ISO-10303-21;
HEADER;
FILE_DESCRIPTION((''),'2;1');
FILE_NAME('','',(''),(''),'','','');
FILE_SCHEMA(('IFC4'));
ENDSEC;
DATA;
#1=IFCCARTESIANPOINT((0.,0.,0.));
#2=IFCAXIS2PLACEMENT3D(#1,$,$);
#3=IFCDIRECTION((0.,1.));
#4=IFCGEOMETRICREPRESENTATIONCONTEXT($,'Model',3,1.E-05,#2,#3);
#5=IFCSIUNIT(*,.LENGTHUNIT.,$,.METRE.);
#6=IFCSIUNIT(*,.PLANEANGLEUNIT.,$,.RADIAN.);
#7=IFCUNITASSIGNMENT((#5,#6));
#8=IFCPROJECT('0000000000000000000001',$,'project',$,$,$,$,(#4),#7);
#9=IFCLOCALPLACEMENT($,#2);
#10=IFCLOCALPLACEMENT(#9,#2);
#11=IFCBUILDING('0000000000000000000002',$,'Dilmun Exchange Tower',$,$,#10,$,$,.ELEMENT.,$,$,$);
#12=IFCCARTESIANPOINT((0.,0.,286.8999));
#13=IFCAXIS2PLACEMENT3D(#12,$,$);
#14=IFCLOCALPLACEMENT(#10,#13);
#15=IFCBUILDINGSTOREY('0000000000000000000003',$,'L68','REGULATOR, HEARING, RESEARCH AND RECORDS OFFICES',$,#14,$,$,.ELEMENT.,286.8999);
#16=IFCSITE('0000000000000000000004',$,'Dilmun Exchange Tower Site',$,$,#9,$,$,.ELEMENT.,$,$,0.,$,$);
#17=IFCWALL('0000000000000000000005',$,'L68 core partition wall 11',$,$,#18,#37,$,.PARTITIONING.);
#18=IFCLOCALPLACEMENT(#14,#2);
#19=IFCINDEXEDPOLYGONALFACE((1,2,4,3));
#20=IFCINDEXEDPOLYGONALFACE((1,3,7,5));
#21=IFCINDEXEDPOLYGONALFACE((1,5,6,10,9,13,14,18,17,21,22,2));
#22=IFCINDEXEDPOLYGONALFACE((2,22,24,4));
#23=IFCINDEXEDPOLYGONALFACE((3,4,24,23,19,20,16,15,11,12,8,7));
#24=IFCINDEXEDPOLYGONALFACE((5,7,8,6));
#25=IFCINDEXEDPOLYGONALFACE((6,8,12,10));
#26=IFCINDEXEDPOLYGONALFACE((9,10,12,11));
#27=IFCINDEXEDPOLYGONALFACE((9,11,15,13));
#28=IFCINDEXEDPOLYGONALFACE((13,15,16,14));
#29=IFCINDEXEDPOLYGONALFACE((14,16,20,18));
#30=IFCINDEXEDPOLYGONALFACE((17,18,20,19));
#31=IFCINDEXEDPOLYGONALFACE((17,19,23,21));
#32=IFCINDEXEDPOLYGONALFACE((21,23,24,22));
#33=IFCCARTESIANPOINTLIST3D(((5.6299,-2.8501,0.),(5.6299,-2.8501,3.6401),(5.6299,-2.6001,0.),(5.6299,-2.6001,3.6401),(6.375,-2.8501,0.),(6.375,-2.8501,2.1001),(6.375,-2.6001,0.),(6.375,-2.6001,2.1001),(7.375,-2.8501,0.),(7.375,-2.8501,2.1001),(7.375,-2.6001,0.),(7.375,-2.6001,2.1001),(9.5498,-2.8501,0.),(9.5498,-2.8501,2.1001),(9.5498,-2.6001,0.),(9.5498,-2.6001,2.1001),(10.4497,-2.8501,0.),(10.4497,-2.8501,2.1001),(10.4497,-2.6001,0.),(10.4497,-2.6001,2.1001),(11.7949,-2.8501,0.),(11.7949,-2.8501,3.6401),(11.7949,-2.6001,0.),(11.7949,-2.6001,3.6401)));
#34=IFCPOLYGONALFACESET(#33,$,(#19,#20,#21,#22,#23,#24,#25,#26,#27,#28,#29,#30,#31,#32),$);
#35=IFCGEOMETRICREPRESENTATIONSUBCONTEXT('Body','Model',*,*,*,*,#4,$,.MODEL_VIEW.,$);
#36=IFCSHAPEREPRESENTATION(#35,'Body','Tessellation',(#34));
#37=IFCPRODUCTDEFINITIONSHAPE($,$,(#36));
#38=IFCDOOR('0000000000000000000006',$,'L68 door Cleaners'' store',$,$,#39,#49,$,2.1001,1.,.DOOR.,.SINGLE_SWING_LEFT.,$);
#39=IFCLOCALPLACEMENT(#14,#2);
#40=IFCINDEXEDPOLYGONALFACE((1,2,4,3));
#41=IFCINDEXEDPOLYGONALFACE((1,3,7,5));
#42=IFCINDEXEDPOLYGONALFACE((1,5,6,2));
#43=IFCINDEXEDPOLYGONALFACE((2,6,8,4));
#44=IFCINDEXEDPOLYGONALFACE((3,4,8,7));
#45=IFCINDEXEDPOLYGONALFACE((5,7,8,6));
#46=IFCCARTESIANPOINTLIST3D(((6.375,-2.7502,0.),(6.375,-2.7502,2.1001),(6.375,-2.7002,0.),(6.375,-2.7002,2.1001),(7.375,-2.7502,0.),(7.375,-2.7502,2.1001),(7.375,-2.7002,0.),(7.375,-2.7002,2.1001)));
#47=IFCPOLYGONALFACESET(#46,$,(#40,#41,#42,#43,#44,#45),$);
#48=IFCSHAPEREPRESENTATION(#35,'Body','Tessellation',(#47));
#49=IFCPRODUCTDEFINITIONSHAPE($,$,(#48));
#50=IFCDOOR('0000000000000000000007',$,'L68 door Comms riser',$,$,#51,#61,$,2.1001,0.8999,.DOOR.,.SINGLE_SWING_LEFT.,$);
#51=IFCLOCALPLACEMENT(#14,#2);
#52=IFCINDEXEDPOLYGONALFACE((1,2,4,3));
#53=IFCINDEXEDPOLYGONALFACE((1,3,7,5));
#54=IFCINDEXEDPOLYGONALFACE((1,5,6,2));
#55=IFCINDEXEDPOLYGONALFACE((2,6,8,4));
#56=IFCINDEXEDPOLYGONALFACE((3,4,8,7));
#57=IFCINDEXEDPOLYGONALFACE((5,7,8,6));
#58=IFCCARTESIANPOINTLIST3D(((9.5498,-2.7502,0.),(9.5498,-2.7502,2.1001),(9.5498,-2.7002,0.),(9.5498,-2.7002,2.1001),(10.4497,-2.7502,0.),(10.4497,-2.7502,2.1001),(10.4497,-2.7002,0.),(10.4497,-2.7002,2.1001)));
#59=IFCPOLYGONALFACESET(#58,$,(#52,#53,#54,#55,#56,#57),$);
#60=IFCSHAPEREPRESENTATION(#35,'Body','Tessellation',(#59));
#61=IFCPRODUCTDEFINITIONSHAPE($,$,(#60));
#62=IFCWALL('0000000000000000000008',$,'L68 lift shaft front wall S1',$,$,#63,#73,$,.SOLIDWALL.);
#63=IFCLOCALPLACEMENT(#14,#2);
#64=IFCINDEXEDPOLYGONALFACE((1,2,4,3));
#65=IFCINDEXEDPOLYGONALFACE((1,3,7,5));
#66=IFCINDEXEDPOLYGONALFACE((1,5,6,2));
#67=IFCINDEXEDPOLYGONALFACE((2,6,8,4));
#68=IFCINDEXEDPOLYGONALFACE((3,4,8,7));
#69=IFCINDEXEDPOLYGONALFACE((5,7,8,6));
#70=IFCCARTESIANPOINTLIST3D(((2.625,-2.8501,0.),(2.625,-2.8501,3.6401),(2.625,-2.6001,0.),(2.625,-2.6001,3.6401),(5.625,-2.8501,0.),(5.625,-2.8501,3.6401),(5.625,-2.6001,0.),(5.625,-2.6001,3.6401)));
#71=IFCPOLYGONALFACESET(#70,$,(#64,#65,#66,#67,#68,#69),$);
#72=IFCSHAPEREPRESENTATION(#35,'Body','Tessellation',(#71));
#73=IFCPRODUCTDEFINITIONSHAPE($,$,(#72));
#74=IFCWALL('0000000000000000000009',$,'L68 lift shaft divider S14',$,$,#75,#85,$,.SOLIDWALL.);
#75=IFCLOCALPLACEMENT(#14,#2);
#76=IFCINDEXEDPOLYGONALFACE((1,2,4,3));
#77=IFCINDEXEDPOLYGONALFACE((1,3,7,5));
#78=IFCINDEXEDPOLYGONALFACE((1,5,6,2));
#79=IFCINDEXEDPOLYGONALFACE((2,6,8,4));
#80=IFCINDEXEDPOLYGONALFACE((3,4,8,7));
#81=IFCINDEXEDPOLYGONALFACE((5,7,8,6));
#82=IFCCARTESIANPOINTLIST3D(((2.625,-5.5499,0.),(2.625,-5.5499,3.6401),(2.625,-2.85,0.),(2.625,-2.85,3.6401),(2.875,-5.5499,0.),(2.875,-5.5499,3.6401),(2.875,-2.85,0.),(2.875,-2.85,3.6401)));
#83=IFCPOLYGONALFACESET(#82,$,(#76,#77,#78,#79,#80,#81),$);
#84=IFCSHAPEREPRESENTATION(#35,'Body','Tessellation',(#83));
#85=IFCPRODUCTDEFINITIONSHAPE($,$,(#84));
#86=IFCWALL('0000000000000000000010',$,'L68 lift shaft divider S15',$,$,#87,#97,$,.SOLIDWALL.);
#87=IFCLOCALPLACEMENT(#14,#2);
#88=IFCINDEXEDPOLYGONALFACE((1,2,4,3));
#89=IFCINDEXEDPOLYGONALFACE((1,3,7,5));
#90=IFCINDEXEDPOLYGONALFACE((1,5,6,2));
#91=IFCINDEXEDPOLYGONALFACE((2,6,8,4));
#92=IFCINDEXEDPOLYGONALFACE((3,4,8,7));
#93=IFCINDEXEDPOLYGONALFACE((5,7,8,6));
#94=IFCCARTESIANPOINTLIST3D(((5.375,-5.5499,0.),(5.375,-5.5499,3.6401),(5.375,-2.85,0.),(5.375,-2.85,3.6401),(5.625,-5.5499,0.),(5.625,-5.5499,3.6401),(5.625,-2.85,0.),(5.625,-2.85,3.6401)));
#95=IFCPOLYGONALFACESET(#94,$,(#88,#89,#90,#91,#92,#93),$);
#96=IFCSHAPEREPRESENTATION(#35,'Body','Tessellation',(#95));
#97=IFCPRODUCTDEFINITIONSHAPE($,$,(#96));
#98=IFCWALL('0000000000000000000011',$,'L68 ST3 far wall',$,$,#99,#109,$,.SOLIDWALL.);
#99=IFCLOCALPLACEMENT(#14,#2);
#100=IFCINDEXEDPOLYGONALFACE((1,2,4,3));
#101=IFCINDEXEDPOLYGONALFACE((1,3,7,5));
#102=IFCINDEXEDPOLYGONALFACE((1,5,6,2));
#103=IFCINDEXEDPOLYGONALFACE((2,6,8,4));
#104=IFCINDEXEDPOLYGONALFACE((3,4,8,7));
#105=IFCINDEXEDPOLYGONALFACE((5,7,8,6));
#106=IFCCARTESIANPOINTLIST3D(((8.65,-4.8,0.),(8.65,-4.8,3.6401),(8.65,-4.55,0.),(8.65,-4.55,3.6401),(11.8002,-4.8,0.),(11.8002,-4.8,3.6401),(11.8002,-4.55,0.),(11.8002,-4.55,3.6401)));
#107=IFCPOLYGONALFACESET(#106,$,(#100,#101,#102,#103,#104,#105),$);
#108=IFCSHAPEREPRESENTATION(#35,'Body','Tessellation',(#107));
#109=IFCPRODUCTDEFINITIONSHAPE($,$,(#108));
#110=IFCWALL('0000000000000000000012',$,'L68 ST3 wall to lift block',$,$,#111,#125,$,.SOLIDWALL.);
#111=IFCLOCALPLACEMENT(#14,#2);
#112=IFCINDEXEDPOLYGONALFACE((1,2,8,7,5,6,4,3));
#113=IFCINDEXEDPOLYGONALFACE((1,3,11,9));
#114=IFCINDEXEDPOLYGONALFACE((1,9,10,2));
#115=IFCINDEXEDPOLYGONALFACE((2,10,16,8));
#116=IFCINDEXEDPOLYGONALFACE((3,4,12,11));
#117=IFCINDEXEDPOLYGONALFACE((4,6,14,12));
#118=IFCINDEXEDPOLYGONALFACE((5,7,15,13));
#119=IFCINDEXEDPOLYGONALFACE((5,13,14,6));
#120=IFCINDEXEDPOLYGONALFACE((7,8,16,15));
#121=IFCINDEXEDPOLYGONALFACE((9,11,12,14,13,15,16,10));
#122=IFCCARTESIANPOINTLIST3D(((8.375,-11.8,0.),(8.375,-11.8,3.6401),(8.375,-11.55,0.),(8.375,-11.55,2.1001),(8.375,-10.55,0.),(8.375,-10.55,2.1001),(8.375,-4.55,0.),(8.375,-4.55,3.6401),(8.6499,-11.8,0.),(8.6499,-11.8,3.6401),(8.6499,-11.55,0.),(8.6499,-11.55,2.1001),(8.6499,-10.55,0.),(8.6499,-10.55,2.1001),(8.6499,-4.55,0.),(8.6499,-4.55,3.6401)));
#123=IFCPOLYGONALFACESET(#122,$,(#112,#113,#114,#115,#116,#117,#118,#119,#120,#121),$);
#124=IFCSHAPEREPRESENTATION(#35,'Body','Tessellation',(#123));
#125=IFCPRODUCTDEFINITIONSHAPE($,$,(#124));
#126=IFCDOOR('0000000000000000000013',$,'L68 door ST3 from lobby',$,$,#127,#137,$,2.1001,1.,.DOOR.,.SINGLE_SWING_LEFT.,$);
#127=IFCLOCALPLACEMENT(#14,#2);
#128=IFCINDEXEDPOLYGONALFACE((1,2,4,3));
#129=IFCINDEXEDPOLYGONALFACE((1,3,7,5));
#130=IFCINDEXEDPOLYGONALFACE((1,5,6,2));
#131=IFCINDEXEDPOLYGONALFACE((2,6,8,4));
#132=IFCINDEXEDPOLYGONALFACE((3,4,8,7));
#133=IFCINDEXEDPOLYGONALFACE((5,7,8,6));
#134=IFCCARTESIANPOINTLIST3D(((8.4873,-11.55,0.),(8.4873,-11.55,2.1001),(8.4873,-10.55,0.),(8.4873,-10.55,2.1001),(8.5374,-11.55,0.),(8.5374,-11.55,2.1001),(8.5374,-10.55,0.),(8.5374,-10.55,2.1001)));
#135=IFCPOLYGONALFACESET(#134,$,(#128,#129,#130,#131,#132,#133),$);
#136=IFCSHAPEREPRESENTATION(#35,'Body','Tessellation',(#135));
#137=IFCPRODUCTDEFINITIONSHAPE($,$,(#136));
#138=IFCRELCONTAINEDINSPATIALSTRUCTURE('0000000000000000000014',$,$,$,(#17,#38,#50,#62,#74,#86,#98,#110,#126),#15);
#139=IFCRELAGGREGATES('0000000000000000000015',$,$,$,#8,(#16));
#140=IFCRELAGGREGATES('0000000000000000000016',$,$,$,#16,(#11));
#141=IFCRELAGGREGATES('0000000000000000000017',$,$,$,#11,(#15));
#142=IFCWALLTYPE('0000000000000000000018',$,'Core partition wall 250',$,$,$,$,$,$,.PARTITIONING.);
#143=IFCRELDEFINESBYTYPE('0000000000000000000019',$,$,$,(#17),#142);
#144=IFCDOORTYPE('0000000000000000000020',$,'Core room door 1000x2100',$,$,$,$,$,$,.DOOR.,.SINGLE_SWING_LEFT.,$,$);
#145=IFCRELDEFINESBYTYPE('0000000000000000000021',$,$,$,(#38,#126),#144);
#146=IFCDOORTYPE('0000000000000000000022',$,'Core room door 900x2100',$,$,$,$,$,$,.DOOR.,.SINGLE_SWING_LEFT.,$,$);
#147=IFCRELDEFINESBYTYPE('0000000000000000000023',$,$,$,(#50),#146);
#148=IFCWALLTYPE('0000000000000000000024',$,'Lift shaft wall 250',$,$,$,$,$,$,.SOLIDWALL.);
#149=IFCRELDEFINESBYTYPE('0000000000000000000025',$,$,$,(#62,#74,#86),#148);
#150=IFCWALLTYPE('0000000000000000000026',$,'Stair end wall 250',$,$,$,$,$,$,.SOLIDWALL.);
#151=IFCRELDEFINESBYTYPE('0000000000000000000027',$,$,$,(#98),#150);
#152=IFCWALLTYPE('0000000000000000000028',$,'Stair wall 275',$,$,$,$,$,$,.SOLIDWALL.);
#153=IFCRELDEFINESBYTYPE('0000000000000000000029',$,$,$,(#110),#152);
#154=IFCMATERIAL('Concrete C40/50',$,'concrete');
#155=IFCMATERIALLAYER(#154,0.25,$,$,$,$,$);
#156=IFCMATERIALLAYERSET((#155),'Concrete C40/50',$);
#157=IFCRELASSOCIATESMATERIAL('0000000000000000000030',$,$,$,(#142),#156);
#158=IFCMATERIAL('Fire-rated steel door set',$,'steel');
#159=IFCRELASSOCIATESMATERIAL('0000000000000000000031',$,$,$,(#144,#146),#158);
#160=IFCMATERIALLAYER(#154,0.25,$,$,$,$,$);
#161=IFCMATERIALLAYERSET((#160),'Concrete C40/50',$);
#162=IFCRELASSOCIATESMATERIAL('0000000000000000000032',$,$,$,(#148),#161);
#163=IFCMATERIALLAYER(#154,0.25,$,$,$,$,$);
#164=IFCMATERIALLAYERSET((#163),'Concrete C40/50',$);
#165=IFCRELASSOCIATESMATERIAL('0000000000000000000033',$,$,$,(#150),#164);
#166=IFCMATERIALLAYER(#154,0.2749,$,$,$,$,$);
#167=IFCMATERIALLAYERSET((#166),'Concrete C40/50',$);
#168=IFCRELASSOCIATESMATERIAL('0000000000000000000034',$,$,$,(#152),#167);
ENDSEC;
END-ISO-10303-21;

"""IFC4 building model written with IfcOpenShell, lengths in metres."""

from ifc_helpers import new_model, si_unit, direction, frame, frame_2d, origin, place, context, subcontext, project, spatial, rectangle, extrude, material, layer, layer_set, type_object, element, fill, save


model = new_model("IFC4")

# Units and contexts
model_context = context("Model", 3, precision=1e-05, world=origin(), true_north=direction((0.0, 1.0)))
body_context = subcontext(model_context, "Body", "Model", "MODEL_VIEW")
ifc_project = project(units=[si_unit("LENGTHUNIT", "METRE"), si_unit("PLANEANGLEUNIT", "RADIAN")], contexts=[model_context])

# Site, building, storey
site_placement = place(None, origin())
site = spatial("IfcSite", under=ifc_project, at=site_placement, Name="Dilmun Exchange Tower Site", CompositionType="ELEMENT", RefElevation=0.0)
building_placement = place(site_placement, origin())
building = spatial("IfcBuilding", under=site, at=building_placement, Name="Dilmun Exchange Tower", CompositionType="ELEMENT")
storey_placement = place(building_placement, frame((0.0, 0.0, 286.8999)))
storey = spatial("IfcBuildingStorey", under=building, at=storey_placement, Name="L68", Description="REGULATOR, HEARING, RESEARCH AND RECORDS OFFICES", CompositionType="ELEMENT", Elevation=286.8999)

# Shared definitions
ifc_material_1 = material(Name="Concrete C40/50", Category="concrete")

# Shared definitions
ifc_material_2 = material(Name="Fire-rated steel door set", Category="steel")

# Shared definitions
ifc_layer_1 = layer(ifc_material_1, 0.25)
ifc_layer_set_1 = layer_set([ifc_layer_1], Name="Concrete C40/50")
wall_type_1 = type_object("IfcWallType", Name="Core partition wall 250", PredefinedType="PARTITIONING", material=ifc_layer_set_1)

# Wall, openings, doors
wall_1_placement = place(storey_placement, frame((5.6299, -2.7251, 0.0), z_axis=(0.0, 0.0, 1.0), x_axis=(1.0, 0.0, 0.0)))
wall_1 = element("IfcWall", 1, at=wall_1_placement, inside=storey, type_object=wall_type_1, Name="L68 core partition wall 11", PredefinedType="PARTITIONING", context=body_context, shape_type="SweptSolid", body=[
    extrude(rectangle(XDim=6.165, YDim=0.25, at=frame_2d((3.0825, 0.0))), origin(), (0.0, 0.0, 1.0), 3.6401),
])
opening_1_placement = place(wall_1_placement, frame((0.7451, 0.0, 0.0)))
opening_1 = element("IfcOpeningElement", 2, at=opening_1_placement, cuts=wall_1, PredefinedType="OPENING", context=body_context, shape_type="SweptSolid", body=[
    extrude(rectangle(XDim=1.0, YDim=2.1001, at=frame_2d((0.5, 1.05))), frame((0.0, 0.135, 0.0), z_axis=(0.0, -1.0, 0.0), x_axis=(1.0, 0.0, 0.0)), (0.0, 0.0, 1.0), 0.27),
])
opening_2_placement = place(wall_1_placement, frame((3.9199, 0.0, 0.0)))
opening_2 = element("IfcOpeningElement", 3, at=opening_2_placement, cuts=wall_1, PredefinedType="OPENING", context=body_context, shape_type="SweptSolid", body=[
    extrude(rectangle(XDim=0.8999, YDim=2.1001, at=frame_2d((0.45, 1.05))), frame((0.0, 0.135, 0.0), z_axis=(0.0, -1.0, 0.0), x_axis=(1.0, 0.0, 0.0)), (0.0, 0.0, 1.0), 0.27),
])
door_type_1 = type_object("IfcDoorType", Name="Core room door 1000x2100", OperationType="SINGLE_SWING_LEFT", PredefinedType="DOOR", material=ifc_material_2)
door_1_placement = place(opening_1_placement, origin())
door_1 = element("IfcDoor", 4, at=door_1_placement, inside=storey, type_object=door_type_1, Name="L68 door Cleaners' store", OperationType="SINGLE_SWING_LEFT", OverallHeight=2.1001, OverallWidth=1.0, PredefinedType="DOOR", context=body_context, shape_type="SweptSolid", body=[
    extrude(rectangle(XDim=1.0, YDim=2.1001, at=frame_2d((0.5, 1.05))), frame((0.0, 0.0249, 0.0), z_axis=(0.0, -1.0, 0.0), x_axis=(1.0, 0.0, 0.0)), (0.0, 0.0, 1.0), 0.05),
])
fill(opening_1, door_1)
door_type_2 = type_object("IfcDoorType", Name="Core room door 900x2100", OperationType="SINGLE_SWING_LEFT", PredefinedType="DOOR", material=ifc_material_2)
door_2_placement = place(opening_2_placement, origin())
door_2 = element("IfcDoor", 5, at=door_2_placement, inside=storey, type_object=door_type_2, Name="L68 door Comms riser", OperationType="SINGLE_SWING_LEFT", OverallHeight=2.1001, OverallWidth=0.8999, PredefinedType="DOOR", context=body_context, shape_type="SweptSolid", body=[
    extrude(rectangle(XDim=0.8999, YDim=2.1001, at=frame_2d((0.45, 1.05))), frame((0.0, 0.0249, 0.0), z_axis=(0.0, -1.0, 0.0), x_axis=(1.0, 0.0, 0.0)), (0.0, 0.0, 1.0), 0.05),
])
fill(opening_2, door_2)

# Walls
ifc_layer_2 = layer(ifc_material_1, 0.25)
ifc_layer_set_2 = layer_set([ifc_layer_2], Name="Concrete C40/50")
wall_type_2 = type_object("IfcWallType", Name="Lift shaft wall 250", PredefinedType="SOLIDWALL", material=ifc_layer_set_2)
wall_2_placement = place(storey_placement, frame((2.625, -2.7251, 0.0), z_axis=(0.0, 0.0, 1.0), x_axis=(1.0, 0.0, 0.0)))
element("IfcWall", 6, at=wall_2_placement, inside=storey, type_object=wall_type_2, Name="L68 lift shaft front wall S1", PredefinedType="SOLIDWALL", context=body_context, shape_type="SweptSolid", body=[
    extrude(rectangle(XDim=3.0, YDim=0.25, at=frame_2d((1.5, 0.0))), origin(), (0.0, 0.0, 1.0), 3.6401),
])
for number, where, z_axis, x_axis, name in (
    (7, (2.75, -5.55, 0.0), (0.0, 0.0, 1.0), (0.0, 1.0, 0.0), "L68 lift shaft divider S14"),
    (8, (5.5, -5.55, 0.0), (0.0, 0.0, 1.0), (0.0, 1.0, 0.0), "L68 lift shaft divider S15"),
):
    element("IfcWall", number, at=place(storey_placement, frame(where, z_axis=z_axis, x_axis=x_axis)), inside=storey, type_object=wall_type_2, Name=name, PredefinedType="SOLIDWALL", context=body_context, shape_type="SweptSolid", body=[
        extrude(rectangle(XDim=2.7, YDim=0.25, at=frame_2d((1.3501, 0.0))), origin(), (0.0, 0.0, 1.0), 3.6401),
    ])
ifc_layer_3 = layer(ifc_material_1, 0.25)
ifc_layer_set_3 = layer_set([ifc_layer_3], Name="Concrete C40/50")
wall_type_3 = type_object("IfcWallType", Name="Stair end wall 250", PredefinedType="SOLIDWALL", material=ifc_layer_set_3)
wall_3_placement = place(storey_placement, frame((8.6499, -4.675, 0.0), z_axis=(0.0, 0.0, 1.0), x_axis=(1.0, 0.0, 0.0)))
element("IfcWall", 9, at=wall_3_placement, inside=storey, type_object=wall_type_3, Name="L68 ST3 far wall", PredefinedType="SOLIDWALL", context=body_context, shape_type="SweptSolid", body=[
    extrude(rectangle(XDim=3.1501, YDim=0.25, at=frame_2d((1.5752, 0.0))), origin(), (0.0, 0.0, 1.0), 3.6401),
])

# Wall, opening, door
ifc_layer_4 = layer(ifc_material_1, 0.2749)
ifc_layer_set_4 = layer_set([ifc_layer_4], Name="Concrete C40/50")
wall_type_4 = type_object("IfcWallType", Name="Stair wall 275", PredefinedType="SOLIDWALL", material=ifc_layer_set_4)
wall_4_placement = place(storey_placement, frame((8.5125, -4.55, 0.0), z_axis=(0.0, 0.0, 1.0), x_axis=(0.0, -1.0, 0.0)))
wall_4 = element("IfcWall", 10, at=wall_4_placement, inside=storey, type_object=wall_type_4, Name="L68 ST3 wall to lift block", PredefinedType="SOLIDWALL", context=body_context, shape_type="SweptSolid", body=[
    extrude(rectangle(XDim=7.25, YDim=0.2749, at=frame_2d((3.625, 0.0))), origin(), (0.0, 0.0, 1.0), 3.6401),
])
opening_3_placement = place(wall_4_placement, frame((6.0, 0.0, 0.0)))
opening_3 = element("IfcOpeningElement", 11, at=opening_3_placement, cuts=wall_4, PredefinedType="OPENING", context=body_context, shape_type="SweptSolid", body=[
    extrude(rectangle(XDim=1.0, YDim=2.1001, at=frame_2d((0.5, 1.05))), frame((0.0, 0.1475, 0.0), z_axis=(0.0, -1.0, 0.0), x_axis=(1.0, 0.0, 0.0)), (0.0, 0.0, 1.0), 0.2949),
])
door_3_placement = place(opening_3_placement, origin())
door_3 = element("IfcDoor", 12, at=door_3_placement, inside=storey, type_object=door_type_1, Name="L68 door ST3 from lobby", OperationType="SINGLE_SWING_LEFT", OverallHeight=2.1001, OverallWidth=1.0, PredefinedType="DOOR", context=body_context, shape_type="SweptSolid", body=[
    extrude(rectangle(XDim=1.0, YDim=2.1001, at=frame_2d((0.5, 1.05))), frame((0.0, 0.0249, 0.0), z_axis=(0.0, -1.0, 0.0), x_axis=(1.0, 0.0, 0.0)), (0.0, 0.0, 1.0), 0.05),
])
fill(opening_3, door_3)

save(model, "model.ifc")
